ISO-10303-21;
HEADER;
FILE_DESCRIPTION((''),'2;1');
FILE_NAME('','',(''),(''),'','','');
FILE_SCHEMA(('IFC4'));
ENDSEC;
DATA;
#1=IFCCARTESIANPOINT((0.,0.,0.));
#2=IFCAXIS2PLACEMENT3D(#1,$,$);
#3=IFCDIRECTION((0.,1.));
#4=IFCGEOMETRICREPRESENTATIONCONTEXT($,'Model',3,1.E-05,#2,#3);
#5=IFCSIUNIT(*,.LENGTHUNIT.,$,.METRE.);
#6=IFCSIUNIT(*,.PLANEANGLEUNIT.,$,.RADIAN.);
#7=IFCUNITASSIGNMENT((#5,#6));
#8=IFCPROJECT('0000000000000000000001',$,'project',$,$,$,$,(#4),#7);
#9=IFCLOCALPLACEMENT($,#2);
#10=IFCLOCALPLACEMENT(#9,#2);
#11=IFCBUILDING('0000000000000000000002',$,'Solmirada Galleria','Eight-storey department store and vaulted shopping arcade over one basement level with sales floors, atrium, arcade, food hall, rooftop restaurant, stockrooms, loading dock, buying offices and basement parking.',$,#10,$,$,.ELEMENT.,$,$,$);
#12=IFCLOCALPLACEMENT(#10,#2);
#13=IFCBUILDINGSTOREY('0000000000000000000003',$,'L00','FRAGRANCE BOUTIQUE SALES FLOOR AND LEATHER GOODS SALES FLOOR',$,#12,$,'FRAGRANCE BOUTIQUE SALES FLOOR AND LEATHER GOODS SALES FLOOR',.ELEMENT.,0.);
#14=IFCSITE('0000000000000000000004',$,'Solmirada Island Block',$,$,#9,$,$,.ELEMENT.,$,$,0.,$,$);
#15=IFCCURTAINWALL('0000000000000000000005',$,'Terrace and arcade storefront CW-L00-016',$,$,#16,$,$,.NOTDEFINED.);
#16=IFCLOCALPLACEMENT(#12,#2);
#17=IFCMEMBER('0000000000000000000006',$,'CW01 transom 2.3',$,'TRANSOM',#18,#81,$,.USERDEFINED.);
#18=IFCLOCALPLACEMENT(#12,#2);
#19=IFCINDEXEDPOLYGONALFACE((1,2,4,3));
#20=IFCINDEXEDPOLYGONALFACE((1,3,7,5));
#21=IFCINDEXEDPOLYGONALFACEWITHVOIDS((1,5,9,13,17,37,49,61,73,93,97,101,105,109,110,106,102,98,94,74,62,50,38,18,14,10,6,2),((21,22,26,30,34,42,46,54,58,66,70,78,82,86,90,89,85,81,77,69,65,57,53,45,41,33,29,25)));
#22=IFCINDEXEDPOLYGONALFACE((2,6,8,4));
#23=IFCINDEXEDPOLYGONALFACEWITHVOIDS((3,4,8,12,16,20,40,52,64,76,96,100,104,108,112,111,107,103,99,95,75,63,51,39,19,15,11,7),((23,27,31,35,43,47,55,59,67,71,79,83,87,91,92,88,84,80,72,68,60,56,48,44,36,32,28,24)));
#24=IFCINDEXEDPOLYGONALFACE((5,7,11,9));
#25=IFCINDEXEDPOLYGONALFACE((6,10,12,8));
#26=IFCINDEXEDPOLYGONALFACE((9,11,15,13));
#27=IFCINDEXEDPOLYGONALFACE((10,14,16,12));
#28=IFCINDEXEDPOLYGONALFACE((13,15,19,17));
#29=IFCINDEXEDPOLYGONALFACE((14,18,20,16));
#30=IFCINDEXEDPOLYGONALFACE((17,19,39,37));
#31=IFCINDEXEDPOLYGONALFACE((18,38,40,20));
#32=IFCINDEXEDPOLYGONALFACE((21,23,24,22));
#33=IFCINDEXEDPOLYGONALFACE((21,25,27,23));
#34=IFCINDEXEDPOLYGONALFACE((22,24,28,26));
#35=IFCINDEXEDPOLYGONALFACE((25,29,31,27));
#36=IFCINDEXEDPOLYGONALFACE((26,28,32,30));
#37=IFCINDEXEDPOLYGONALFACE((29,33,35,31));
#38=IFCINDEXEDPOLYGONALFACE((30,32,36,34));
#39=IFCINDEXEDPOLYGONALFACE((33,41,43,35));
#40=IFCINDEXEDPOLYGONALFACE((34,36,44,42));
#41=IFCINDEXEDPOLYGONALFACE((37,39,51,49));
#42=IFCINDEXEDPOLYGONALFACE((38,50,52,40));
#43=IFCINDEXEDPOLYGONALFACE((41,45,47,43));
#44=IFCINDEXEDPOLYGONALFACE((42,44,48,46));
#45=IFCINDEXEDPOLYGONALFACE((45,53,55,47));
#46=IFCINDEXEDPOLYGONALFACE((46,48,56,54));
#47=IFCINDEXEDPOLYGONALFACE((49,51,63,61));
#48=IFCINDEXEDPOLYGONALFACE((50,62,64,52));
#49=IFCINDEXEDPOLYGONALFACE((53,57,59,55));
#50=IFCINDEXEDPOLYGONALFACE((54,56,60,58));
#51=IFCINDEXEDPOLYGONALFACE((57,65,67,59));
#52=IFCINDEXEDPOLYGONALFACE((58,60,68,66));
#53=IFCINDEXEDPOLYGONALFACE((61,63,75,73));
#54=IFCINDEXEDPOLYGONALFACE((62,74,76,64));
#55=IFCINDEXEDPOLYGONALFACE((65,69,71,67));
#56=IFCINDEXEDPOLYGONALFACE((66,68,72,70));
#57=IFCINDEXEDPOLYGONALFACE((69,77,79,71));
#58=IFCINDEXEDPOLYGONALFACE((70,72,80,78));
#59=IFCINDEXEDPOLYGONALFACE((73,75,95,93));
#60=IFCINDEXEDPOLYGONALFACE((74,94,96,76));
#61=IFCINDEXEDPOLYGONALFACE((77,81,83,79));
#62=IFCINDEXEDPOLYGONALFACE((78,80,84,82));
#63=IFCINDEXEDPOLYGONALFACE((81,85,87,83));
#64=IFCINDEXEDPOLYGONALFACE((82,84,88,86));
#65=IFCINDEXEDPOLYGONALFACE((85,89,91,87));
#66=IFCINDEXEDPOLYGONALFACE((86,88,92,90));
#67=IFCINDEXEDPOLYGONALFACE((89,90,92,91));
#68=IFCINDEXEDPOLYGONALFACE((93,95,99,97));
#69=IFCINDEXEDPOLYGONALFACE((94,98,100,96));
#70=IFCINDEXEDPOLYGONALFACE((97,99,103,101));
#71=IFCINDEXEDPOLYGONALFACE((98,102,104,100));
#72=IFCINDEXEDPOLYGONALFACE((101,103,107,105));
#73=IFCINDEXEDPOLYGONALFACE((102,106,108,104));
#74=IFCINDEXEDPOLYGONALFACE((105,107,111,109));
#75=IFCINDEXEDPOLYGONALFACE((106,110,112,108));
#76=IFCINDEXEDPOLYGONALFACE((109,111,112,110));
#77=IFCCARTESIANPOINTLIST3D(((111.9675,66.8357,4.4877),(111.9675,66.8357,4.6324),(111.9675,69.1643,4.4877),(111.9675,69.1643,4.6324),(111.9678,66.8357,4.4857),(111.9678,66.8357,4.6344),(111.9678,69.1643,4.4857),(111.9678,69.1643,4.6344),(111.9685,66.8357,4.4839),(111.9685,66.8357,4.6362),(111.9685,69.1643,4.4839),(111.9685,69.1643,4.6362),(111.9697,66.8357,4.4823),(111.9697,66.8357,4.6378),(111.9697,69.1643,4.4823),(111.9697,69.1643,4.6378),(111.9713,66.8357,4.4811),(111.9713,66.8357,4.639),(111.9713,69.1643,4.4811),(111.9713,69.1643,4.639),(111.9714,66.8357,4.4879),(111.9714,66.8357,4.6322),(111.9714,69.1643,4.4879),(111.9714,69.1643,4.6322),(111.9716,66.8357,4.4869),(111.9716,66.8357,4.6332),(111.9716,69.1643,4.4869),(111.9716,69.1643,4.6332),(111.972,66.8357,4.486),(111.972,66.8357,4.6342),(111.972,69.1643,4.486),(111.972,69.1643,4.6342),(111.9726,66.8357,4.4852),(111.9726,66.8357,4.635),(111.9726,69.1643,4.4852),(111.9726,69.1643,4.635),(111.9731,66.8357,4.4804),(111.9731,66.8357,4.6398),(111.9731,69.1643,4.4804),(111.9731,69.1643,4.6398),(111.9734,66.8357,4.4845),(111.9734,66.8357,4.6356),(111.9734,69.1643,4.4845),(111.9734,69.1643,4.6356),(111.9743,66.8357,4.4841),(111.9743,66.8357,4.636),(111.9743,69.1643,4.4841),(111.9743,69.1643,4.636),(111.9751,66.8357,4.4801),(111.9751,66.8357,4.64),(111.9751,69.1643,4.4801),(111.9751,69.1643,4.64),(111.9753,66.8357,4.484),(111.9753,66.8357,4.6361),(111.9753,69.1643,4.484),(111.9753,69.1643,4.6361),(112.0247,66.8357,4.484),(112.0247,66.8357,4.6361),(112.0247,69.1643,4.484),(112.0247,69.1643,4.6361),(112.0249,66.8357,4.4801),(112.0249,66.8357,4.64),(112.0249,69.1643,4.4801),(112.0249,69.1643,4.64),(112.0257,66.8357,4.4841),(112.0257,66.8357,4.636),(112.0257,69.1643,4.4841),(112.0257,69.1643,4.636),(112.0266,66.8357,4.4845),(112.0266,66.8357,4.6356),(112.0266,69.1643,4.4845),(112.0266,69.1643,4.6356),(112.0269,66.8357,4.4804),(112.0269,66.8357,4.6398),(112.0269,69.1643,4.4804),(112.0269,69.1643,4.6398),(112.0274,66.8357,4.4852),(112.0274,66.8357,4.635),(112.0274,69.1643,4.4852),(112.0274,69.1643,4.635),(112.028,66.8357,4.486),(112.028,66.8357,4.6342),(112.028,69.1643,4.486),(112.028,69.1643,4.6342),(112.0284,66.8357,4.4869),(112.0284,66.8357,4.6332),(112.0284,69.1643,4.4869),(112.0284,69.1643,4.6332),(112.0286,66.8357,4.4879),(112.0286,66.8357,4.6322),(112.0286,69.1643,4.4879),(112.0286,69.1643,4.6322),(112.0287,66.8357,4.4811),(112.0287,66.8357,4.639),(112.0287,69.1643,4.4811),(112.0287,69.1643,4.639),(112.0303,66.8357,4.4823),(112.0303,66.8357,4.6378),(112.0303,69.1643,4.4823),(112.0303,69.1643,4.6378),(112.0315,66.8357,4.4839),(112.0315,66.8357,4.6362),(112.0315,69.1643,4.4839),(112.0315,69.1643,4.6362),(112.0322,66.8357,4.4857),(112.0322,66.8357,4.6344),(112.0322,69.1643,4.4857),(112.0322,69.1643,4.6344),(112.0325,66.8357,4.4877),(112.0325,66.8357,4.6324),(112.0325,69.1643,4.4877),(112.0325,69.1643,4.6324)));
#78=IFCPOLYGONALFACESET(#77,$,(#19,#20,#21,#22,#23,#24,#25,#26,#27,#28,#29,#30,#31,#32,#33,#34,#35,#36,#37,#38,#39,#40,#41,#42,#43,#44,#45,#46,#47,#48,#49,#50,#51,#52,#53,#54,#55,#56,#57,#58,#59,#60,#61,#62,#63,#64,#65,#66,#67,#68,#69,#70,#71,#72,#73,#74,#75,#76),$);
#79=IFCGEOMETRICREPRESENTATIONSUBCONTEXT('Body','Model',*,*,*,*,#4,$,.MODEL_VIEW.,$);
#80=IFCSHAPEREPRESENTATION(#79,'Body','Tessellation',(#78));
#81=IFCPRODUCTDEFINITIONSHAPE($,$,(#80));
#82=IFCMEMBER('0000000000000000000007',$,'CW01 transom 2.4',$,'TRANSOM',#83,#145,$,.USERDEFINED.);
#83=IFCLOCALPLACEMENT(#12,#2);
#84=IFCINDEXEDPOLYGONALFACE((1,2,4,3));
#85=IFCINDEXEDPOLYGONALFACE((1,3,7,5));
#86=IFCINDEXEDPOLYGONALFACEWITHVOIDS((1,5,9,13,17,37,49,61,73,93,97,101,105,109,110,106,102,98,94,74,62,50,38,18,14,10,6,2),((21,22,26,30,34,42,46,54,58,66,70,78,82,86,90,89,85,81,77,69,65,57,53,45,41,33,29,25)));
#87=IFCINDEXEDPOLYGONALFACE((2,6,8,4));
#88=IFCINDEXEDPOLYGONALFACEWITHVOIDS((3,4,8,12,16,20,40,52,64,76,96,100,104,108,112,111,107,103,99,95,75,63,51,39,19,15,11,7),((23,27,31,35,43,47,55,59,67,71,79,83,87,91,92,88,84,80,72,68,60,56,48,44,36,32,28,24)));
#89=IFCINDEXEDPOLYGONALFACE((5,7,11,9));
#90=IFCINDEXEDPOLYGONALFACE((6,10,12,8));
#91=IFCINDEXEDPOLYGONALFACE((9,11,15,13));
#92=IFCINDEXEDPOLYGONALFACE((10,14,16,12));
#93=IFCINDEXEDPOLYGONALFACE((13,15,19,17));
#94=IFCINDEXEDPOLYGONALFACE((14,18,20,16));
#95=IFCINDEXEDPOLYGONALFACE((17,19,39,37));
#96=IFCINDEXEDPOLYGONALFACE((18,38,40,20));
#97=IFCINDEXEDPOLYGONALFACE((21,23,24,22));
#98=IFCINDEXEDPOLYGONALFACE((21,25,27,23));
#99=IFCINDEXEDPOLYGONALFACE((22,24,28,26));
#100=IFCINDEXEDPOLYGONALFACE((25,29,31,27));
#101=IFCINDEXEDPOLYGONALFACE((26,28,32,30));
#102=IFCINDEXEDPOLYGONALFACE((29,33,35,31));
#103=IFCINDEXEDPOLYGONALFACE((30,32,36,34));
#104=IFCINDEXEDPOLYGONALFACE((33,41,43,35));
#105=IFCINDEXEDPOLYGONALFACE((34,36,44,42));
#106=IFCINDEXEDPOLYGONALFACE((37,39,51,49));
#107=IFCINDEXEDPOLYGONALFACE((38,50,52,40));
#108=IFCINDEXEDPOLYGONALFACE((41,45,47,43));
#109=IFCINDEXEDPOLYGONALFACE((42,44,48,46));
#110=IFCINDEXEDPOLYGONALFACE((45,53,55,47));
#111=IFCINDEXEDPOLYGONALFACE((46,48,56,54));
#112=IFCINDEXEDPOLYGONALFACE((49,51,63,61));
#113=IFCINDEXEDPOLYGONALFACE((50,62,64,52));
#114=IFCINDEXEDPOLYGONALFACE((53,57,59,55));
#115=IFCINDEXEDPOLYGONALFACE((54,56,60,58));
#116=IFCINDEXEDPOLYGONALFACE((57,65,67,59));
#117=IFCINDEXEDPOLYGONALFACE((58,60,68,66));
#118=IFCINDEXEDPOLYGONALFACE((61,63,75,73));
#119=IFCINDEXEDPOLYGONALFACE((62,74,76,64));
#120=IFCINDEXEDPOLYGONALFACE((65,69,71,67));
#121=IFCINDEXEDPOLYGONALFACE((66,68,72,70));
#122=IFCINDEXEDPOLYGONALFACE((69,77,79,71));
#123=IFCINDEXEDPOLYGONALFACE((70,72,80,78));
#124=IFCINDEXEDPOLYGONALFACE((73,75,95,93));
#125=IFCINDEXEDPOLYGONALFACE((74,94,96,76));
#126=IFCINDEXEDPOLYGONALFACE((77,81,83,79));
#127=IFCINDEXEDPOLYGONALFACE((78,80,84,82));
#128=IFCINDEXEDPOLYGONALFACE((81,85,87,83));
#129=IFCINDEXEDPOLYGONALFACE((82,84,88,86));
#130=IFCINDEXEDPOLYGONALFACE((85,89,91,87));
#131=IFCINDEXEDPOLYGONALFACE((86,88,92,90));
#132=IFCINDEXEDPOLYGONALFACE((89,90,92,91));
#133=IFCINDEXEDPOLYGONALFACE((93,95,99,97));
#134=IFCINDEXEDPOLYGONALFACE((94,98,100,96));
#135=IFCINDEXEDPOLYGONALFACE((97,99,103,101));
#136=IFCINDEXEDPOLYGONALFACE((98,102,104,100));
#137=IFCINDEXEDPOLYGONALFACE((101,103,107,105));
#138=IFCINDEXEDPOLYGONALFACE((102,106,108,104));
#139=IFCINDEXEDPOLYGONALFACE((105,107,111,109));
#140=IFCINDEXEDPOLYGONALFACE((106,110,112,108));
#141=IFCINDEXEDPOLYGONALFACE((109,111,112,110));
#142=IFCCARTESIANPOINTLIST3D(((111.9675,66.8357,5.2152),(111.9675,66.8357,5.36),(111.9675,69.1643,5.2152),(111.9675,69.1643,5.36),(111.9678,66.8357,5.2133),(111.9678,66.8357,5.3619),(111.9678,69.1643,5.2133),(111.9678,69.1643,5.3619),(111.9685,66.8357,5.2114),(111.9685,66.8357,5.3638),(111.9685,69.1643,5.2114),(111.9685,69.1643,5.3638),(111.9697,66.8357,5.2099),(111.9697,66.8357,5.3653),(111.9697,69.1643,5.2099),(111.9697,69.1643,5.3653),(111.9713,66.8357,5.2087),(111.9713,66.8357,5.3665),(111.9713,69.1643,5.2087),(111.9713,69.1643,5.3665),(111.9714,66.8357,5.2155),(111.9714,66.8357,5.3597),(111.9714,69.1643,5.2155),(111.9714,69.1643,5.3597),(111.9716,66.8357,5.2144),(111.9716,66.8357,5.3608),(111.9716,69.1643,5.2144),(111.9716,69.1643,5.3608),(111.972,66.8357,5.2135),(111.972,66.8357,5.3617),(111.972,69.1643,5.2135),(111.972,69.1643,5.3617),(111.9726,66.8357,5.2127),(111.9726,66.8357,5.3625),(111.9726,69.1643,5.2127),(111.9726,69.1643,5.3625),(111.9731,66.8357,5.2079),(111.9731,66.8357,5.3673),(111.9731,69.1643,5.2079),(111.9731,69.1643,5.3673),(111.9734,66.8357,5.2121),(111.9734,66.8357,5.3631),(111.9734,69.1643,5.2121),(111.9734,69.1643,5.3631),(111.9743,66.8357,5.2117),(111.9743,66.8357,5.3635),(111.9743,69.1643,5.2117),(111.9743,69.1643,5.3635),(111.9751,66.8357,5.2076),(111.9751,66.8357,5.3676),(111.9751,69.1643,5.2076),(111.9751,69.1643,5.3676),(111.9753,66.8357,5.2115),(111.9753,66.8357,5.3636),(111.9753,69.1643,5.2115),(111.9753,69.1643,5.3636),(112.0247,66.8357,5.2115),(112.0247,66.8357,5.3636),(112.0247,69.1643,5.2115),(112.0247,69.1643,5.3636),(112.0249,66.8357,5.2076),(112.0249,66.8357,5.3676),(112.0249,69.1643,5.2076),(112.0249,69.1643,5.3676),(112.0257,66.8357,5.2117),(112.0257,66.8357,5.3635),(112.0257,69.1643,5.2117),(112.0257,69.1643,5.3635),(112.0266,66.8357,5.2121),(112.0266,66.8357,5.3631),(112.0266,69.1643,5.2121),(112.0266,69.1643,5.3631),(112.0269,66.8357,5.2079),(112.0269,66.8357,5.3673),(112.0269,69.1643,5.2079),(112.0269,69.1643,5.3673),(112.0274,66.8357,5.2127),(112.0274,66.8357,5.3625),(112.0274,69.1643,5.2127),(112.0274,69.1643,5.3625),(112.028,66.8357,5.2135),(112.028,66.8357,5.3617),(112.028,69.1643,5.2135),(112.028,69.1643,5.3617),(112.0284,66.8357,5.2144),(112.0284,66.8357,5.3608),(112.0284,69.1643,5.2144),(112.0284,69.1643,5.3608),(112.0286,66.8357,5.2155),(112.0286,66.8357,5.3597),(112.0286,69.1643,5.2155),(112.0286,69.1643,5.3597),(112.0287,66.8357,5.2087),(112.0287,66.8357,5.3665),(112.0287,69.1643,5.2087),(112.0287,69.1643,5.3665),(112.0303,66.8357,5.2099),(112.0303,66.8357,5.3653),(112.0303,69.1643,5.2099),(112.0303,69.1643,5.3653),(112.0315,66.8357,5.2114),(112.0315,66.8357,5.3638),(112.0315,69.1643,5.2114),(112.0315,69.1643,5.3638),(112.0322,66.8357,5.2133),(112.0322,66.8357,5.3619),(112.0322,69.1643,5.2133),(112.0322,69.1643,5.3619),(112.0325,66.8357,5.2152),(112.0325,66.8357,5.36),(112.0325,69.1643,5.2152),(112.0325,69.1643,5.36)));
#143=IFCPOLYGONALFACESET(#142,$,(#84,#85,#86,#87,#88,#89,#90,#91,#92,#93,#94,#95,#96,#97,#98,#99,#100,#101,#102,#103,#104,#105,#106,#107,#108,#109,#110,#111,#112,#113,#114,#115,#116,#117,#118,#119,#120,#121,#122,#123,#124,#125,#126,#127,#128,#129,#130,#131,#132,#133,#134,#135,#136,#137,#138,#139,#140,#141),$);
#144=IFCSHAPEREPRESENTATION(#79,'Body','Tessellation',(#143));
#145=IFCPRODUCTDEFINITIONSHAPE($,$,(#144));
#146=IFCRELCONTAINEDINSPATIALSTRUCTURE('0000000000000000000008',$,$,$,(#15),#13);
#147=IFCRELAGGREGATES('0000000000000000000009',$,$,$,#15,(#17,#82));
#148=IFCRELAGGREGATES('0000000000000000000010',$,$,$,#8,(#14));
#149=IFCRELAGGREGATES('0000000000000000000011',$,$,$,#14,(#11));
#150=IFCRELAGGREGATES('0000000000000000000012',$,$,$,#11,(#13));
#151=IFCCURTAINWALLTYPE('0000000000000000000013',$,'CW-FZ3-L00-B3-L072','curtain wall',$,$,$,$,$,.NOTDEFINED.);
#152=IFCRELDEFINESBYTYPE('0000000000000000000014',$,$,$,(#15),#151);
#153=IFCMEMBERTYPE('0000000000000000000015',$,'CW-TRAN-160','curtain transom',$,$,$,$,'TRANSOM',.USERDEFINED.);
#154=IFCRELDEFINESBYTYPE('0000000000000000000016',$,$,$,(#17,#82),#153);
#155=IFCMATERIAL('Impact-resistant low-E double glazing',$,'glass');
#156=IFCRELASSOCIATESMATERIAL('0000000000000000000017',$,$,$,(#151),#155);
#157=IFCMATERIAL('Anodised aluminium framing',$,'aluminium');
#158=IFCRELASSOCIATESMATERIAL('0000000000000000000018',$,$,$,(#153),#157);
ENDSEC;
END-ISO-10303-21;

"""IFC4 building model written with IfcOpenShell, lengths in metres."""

from ifc_helpers import new_model, si_unit, direction, frame, origin, origin_2d, place, context, subcontext, project, spatial, hollow_rectangle, extrude, material, material_profile, profile_set, type_object, element, aggregate, save


model = new_model("IFC4")

# Units and contexts
model_context = context("Model", 3, precision=1e-05, world=origin(), true_north=direction((0.0, 1.0)))
body_context = subcontext(model_context, "Body", "Model", "MODEL_VIEW")
ifc_project = project(units=[si_unit("LENGTHUNIT", "METRE"), si_unit("PLANEANGLEUNIT", "RADIAN")], contexts=[model_context])

# Site, building, storey
site_placement = place(None, origin())
site = spatial("IfcSite", under=ifc_project, at=site_placement, Name="Solmirada Island Block", CompositionType="ELEMENT", RefElevation=0.0)
building_placement = place(site_placement, origin())
building = spatial("IfcBuilding", under=site, at=building_placement, Name="Solmirada Galleria", Description="Eight-storey department store and vaulted shopping arcade over one basement level with sales floors, atrium, arcade, food hall, rooftop restaurant, stockrooms, loading dock, buying offices and basement parking.", CompositionType="ELEMENT")
storey_placement = place(building_placement, origin())
storey = spatial("IfcBuildingStorey", under=building, at=storey_placement, Name="L00", Description="FRAGRANCE BOUTIQUE SALES FLOOR AND LEATHER GOODS SALES FLOOR", LongName="FRAGRANCE BOUTIQUE SALES FLOOR AND LEATHER GOODS SALES FLOOR", CompositionType="ELEMENT", Elevation=0.0)

# Curtain wall
ifc_material_1 = material(Name="Impact-resistant low-E double glazing", Category="glass")
curtain_wall_type = type_object("IfcCurtainWallType", Name="CW-FZ3-L00-B3-L072", Description="curtain wall", PredefinedType="NOTDEFINED", material=ifc_material_1)
curtain_wall_1_placement = place(storey_placement, origin())
curtain_wall_1 = element("IfcCurtainWall", 1, at=curtain_wall_1_placement, inside=storey, type_object=curtain_wall_type, Name="Terrace and arcade storefront CW-L00-016", PredefinedType="NOTDEFINED")
ifc_material_2 = material(Name="Anodised aluminium framing", Category="aluminium")

# Members
ifc_material_profile_1 = material_profile(ifc_material_2, hollow_rectangle(XDim=0.0649, YDim=0.1599, WallThickness=0.0039, InnerFilletRadius=0.0039, OuterFilletRadius=0.0076, at=origin_2d()), Name="ALU-TRAN-160X65")
ifc_profile_set_1 = profile_set([ifc_material_profile_1], Name="Anodised aluminium framing")
member_type_1 = type_object("IfcMemberType", Name="CW-TRAN-160", Description="curtain transom", ElementType="TRANSOM", PredefinedType="USERDEFINED", material=ifc_profile_set_1)
member_1_placement = place(storey_placement, frame((112.0, 69.1643, 4.5601), z_axis=(0.0, -1.0, 0.0), x_axis=(1.0, 0.0, 0.0)))
member_1 = element("IfcMember", 2, at=member_1_placement, type_object=member_type_1, Name="CW01 transom 2.3", ObjectType="TRANSOM", PredefinedType="USERDEFINED", context=body_context, shape_type="SweptSolid", body=[
    extrude(hollow_rectangle(XDim=0.0649, YDim=0.1599, WallThickness=0.0039, InnerFilletRadius=0.0039, OuterFilletRadius=0.0076, at=origin_2d()), origin(), (0.0, 0.0, 1.0), 2.3286),
])
member_2_placement = place(storey_placement, frame((112.0, 69.1643, 5.2876), z_axis=(0.0, -1.0, 0.0), x_axis=(1.0, 0.0, 0.0)))
member_2 = element("IfcMember", 3, at=member_2_placement, type_object=member_type_1, Name="CW01 transom 2.4", ObjectType="TRANSOM", PredefinedType="USERDEFINED", context=body_context, shape_type="SweptSolid", body=[
    extrude(hollow_rectangle(XDim=0.0649, YDim=0.1599, WallThickness=0.0039, InnerFilletRadius=0.0039, OuterFilletRadius=0.0076, at=origin_2d()), origin(), (0.0, 0.0, 1.0), 2.3286),
])

aggregate(curtain_wall_1, [member_1, member_2])

save(model, "model.ifc")
